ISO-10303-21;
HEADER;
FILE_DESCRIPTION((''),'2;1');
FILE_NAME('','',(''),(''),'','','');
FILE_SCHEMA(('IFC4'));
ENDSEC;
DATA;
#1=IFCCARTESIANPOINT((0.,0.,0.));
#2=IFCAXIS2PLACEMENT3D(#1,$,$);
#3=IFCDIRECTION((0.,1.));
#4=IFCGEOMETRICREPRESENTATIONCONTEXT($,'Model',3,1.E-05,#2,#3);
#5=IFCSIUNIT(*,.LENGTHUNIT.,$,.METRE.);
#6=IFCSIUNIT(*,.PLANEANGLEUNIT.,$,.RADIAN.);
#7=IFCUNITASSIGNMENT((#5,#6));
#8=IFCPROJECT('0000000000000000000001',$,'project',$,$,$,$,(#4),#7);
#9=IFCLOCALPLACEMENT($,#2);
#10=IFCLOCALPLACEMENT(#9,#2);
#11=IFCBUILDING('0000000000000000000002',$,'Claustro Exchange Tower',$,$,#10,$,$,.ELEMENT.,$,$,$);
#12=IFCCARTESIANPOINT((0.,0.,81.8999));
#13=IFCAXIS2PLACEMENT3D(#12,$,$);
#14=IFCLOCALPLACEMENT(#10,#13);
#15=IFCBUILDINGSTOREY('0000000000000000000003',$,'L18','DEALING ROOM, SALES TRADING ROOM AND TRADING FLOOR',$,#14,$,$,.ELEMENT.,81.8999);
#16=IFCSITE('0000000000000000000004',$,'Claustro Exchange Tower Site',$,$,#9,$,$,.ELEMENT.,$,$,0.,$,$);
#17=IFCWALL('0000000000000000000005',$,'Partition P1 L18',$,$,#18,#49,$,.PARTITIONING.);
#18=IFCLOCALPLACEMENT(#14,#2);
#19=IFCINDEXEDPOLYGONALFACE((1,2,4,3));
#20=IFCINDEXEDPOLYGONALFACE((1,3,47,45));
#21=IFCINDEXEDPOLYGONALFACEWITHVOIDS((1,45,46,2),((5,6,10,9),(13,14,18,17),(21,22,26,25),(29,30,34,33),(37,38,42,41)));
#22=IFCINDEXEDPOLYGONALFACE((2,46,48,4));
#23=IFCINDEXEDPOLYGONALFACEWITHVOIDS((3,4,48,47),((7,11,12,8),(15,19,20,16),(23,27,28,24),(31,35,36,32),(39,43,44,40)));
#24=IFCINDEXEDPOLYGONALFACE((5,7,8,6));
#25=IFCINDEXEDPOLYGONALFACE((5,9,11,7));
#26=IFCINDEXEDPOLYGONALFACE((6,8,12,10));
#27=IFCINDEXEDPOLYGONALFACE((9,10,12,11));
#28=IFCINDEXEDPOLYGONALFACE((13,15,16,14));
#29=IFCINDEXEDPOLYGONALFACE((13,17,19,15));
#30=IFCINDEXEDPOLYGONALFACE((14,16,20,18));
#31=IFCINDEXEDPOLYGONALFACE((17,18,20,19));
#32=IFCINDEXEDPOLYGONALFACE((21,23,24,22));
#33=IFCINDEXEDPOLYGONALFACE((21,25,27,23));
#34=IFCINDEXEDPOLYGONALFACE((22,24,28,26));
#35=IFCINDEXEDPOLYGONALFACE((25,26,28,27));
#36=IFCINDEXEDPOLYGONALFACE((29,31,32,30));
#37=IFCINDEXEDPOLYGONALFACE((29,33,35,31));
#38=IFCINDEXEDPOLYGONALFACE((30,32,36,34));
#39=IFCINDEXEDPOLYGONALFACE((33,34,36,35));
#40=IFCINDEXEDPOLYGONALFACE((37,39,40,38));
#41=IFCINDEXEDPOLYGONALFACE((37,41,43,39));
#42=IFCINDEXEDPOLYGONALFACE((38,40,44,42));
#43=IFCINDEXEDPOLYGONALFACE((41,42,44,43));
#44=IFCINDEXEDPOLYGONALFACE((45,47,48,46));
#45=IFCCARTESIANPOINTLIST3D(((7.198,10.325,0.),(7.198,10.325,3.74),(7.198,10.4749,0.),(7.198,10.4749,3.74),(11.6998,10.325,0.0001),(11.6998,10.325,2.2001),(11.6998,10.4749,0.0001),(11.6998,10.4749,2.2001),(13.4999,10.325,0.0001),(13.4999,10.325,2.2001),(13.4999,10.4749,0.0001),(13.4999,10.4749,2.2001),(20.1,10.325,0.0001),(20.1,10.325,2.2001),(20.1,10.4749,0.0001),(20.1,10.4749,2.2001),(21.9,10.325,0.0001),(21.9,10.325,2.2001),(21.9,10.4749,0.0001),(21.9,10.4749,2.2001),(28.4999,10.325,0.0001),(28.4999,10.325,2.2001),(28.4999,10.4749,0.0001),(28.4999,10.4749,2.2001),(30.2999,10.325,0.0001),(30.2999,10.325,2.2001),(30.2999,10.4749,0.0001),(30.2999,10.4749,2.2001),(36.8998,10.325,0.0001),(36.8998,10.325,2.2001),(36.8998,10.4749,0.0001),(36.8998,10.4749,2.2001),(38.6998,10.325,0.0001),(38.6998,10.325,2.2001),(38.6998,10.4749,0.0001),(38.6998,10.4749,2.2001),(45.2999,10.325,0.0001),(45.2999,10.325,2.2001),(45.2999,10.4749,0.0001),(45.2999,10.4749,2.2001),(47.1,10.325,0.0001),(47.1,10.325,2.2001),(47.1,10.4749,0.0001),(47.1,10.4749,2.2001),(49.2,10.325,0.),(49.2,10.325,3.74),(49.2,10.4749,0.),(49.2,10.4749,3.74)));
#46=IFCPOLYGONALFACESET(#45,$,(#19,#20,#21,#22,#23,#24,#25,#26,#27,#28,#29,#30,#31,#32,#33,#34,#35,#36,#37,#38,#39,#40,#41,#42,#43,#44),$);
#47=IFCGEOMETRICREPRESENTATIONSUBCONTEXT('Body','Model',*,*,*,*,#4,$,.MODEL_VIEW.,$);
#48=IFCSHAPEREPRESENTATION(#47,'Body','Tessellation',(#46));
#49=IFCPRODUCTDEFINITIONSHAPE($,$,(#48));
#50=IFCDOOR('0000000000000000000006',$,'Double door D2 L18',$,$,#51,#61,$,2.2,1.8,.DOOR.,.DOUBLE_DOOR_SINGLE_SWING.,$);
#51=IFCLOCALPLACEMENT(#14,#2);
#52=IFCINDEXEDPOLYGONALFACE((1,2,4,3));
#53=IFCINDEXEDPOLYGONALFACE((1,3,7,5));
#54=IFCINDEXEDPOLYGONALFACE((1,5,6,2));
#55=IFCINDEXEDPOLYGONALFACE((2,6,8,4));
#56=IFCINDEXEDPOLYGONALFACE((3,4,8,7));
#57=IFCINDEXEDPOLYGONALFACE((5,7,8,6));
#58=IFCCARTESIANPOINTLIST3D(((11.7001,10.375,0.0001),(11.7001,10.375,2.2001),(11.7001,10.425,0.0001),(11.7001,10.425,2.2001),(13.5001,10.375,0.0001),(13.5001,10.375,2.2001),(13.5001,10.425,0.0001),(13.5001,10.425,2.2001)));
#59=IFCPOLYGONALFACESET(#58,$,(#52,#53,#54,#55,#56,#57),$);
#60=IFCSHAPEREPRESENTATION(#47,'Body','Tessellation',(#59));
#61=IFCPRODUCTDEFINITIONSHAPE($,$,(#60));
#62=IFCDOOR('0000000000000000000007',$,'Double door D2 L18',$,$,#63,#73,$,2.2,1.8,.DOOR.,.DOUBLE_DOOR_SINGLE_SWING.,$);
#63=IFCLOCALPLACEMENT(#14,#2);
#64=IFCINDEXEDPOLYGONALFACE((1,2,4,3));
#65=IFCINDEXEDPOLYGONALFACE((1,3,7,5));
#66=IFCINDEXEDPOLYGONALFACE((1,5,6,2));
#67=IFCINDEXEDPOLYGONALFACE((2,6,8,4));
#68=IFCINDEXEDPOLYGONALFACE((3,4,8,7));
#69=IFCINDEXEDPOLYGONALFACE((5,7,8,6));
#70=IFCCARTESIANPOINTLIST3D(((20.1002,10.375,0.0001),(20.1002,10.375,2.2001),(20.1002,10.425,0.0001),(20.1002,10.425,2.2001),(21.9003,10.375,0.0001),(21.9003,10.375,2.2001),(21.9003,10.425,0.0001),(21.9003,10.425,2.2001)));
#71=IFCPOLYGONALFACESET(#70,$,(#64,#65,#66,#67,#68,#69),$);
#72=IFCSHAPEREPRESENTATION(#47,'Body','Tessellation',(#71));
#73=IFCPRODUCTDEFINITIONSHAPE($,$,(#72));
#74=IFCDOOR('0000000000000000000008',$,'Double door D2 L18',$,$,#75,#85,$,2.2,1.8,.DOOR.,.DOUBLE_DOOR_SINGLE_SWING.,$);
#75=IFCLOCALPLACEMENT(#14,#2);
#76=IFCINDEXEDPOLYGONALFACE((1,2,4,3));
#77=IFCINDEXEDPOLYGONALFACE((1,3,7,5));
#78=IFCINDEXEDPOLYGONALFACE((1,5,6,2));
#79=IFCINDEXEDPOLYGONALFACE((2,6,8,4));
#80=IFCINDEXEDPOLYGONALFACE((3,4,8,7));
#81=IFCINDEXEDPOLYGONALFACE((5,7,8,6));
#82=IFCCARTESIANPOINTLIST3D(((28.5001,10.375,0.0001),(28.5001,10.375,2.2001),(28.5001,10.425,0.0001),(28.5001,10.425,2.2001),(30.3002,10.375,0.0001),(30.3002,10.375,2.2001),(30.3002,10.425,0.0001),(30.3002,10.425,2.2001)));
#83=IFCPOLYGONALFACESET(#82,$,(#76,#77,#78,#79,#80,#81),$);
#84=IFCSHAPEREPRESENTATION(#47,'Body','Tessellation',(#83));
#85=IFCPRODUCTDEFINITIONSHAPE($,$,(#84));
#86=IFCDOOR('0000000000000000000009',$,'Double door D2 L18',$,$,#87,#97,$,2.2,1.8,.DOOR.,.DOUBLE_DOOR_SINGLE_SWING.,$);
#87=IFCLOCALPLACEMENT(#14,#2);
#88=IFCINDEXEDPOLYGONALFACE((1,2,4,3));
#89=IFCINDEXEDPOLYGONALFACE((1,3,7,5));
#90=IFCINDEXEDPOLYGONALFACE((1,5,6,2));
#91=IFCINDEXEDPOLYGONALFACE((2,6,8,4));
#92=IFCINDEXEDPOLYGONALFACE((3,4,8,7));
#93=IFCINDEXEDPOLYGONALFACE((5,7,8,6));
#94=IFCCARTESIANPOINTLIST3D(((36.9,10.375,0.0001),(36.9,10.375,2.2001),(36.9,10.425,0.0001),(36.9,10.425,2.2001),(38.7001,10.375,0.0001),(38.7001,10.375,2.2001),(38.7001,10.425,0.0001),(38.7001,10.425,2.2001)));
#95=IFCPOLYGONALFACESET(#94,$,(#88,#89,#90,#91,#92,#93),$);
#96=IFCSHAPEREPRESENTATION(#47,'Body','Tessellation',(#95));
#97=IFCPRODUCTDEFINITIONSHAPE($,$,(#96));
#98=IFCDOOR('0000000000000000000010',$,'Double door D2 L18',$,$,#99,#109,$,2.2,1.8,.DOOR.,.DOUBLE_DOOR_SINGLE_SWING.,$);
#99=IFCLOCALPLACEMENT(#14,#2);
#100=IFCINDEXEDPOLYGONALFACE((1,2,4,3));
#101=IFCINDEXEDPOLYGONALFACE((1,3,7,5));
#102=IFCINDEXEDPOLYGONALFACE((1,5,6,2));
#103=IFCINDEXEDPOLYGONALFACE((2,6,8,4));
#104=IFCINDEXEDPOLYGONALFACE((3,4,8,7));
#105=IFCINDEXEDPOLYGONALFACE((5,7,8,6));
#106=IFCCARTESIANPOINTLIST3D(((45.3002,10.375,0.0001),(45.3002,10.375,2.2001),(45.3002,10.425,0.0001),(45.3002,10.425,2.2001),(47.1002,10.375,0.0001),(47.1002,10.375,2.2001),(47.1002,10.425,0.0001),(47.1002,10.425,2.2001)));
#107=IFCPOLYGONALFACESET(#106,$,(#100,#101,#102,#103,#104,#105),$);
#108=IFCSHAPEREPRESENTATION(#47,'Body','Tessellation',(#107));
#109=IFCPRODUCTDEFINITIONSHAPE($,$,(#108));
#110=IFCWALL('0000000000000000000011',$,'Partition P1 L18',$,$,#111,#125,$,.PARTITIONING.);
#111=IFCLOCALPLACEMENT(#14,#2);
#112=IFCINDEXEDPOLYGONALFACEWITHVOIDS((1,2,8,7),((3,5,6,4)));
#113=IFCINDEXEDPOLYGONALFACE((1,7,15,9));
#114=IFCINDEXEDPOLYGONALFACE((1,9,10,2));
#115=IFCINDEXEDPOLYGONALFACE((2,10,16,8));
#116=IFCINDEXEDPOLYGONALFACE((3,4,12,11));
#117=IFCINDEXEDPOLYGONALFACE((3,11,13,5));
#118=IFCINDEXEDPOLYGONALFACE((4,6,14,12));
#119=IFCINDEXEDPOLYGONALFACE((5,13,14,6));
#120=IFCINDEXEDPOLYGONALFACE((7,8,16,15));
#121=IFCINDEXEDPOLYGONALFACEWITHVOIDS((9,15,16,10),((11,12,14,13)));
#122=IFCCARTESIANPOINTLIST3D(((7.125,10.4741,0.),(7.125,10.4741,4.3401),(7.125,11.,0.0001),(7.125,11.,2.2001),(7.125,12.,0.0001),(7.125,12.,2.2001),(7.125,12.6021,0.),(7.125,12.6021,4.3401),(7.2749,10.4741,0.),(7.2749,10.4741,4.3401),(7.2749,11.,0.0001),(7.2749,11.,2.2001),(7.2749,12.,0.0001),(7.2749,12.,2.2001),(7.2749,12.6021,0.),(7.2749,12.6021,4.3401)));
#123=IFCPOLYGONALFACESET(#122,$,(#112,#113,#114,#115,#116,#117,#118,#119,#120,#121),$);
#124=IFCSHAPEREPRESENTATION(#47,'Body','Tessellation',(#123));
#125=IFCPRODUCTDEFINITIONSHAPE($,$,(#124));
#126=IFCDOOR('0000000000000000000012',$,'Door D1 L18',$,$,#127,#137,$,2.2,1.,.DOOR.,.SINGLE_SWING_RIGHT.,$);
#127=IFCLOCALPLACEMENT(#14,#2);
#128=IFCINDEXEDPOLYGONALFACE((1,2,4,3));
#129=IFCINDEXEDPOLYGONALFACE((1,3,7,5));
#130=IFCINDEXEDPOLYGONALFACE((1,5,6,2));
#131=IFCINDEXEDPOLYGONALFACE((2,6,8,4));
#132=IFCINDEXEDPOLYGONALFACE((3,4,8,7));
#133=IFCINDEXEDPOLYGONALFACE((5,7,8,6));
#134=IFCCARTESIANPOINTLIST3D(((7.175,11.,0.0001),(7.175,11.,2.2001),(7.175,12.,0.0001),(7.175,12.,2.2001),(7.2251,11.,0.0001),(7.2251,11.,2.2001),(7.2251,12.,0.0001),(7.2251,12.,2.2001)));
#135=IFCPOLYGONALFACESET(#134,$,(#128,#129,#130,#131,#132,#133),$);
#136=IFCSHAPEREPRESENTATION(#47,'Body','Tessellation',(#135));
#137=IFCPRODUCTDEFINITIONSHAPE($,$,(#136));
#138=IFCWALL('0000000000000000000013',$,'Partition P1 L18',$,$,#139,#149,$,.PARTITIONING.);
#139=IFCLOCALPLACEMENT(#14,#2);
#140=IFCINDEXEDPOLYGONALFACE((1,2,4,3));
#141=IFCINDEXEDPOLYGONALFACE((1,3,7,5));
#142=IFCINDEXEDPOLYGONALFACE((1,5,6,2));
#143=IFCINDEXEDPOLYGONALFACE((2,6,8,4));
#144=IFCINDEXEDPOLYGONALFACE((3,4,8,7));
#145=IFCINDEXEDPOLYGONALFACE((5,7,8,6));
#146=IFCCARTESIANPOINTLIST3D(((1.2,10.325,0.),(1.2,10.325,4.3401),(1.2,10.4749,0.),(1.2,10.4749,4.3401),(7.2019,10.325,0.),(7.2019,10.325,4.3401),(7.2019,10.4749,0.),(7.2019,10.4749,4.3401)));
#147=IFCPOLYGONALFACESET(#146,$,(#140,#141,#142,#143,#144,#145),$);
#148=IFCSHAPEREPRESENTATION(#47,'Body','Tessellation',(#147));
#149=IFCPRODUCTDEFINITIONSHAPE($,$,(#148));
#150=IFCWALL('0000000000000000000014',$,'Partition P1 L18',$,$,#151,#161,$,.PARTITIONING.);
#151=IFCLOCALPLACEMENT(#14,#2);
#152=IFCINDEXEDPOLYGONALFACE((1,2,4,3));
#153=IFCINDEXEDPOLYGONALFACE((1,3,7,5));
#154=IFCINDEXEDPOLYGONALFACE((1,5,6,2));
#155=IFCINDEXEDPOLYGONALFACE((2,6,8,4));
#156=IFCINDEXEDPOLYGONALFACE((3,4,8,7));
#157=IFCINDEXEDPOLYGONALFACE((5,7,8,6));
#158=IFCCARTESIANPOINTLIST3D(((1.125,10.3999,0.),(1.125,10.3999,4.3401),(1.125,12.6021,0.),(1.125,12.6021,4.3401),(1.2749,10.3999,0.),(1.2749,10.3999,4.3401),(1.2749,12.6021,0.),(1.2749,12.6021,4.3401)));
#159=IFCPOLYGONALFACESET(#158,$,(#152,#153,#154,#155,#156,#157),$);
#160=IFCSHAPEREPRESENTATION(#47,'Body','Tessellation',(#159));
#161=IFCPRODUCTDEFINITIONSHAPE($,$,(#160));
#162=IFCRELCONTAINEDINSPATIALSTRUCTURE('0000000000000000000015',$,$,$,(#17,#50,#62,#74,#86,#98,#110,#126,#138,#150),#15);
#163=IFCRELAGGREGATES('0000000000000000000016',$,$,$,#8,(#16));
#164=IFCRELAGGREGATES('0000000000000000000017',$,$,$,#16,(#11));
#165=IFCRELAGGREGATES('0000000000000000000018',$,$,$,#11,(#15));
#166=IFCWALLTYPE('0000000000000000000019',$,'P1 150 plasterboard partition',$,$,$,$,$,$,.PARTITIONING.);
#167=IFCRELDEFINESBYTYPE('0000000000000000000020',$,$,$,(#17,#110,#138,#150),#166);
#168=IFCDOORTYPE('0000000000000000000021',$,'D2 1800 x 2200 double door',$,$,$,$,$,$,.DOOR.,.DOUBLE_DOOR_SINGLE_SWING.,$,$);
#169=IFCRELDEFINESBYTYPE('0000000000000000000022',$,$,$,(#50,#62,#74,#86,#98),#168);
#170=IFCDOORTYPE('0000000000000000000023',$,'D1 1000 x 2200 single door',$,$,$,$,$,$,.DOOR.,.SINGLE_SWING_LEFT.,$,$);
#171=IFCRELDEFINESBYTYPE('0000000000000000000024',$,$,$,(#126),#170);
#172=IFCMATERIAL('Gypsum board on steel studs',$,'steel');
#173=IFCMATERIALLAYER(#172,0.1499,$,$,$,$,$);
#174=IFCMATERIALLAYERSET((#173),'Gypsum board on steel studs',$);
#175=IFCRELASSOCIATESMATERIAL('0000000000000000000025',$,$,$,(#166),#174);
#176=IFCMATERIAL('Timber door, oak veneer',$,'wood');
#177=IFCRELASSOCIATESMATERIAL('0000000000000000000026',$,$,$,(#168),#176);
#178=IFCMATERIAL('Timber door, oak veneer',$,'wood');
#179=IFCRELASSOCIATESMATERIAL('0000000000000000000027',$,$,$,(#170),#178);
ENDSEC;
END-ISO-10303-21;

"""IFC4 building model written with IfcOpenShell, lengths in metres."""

from ifc_helpers import new_model, si_unit, direction, frame, frame_2d, origin, place, context, subcontext, project, spatial, rectangle, extrude, material, layer, layer_set, type_object, element, fill, save


model = new_model("IFC4")

# Units and contexts
model_context = context("Model", 3, precision=1e-05, world=origin(), true_north=direction((0.0, 1.0)))
body_context = subcontext(model_context, "Body", "Model", "MODEL_VIEW")
ifc_project = project(units=[si_unit("LENGTHUNIT", "METRE"), si_unit("PLANEANGLEUNIT", "RADIAN")], contexts=[model_context])

# Site, building, storey
site_placement = place(None, origin())
site = spatial("IfcSite", under=ifc_project, at=site_placement, Name="Claustro Exchange Tower Site", CompositionType="ELEMENT", RefElevation=0.0)
building_placement = place(site_placement, origin())
building = spatial("IfcBuilding", under=site, at=building_placement, Name="Claustro Exchange Tower", CompositionType="ELEMENT")
storey_placement = place(building_placement, frame((0.0, 0.0, 81.8999)))
storey = spatial("IfcBuildingStorey", under=building, at=storey_placement, Name="L18", Description="DEALING ROOM, SALES TRADING ROOM AND TRADING FLOOR", CompositionType="ELEMENT", Elevation=81.8999)

# Wall, openings, doors
ifc_material_1 = material(Name="Gypsum board on steel studs", Category="steel")
ifc_layer_1 = layer(ifc_material_1, 0.1499)
ifc_layer_set_1 = layer_set([ifc_layer_1], Name="Gypsum board on steel studs")
wall_type_1 = type_object("IfcWallType", Name="P1 150 plasterboard partition", PredefinedType="PARTITIONING", material=ifc_layer_set_1)
wall_1_placement = place(storey_placement, frame((7.198, 10.3999, 0.0), z_axis=(0.0, 0.0, 1.0), x_axis=(1.0, 0.0, 0.0)))
wall_1 = element("IfcWall", 1, at=wall_1_placement, inside=storey, type_object=wall_type_1, Name="Partition P1 L18", PredefinedType="PARTITIONING", context=body_context, shape_type="SweptSolid", body=[
    extrude(rectangle(XDim=42.002, YDim=0.1499, at=frame_2d((21.001, 0.0))), origin(), (0.0, 0.0, 1.0), 3.74),
])
opening_1_placement = place(wall_1_placement, frame((4.502, 0.0, 0.0)))
opening_1 = element("IfcOpeningElement", 2, at=opening_1_placement, cuts=wall_1, PredefinedType="OPENING", context=body_context, shape_type="SweptSolid", body=[
    extrude(rectangle(XDim=1.8, YDim=2.2, at=frame_2d((0.8999, 1.1001))), frame((0.0, 0.085, 0.0), z_axis=(0.0, -1.0, 0.0), x_axis=(1.0, 0.0, 0.0)), (0.0, 0.0, 1.0), 0.1699),
])
opening_2_placement = place(wall_1_placement, frame((12.9021, 0.0, 0.0)))
opening_2 = element("IfcOpeningElement", 3, at=opening_2_placement, cuts=wall_1, PredefinedType="OPENING", context=body_context, shape_type="SweptSolid", body=[
    extrude(rectangle(XDim=1.8, YDim=2.2, at=frame_2d((0.8999, 1.1001))), frame((0.0, 0.085, 0.0), z_axis=(0.0, -1.0, 0.0), x_axis=(1.0, 0.0, 0.0)), (0.0, 0.0, 1.0), 0.1699),
])
opening_3_placement = place(wall_1_placement, frame((21.302, 0.0, 0.0)))
opening_3 = element("IfcOpeningElement", 4, at=opening_3_placement, cuts=wall_1, PredefinedType="OPENING", context=body_context, shape_type="SweptSolid", body=[
    extrude(rectangle(XDim=1.8, YDim=2.2, at=frame_2d((0.8999, 1.1001))), frame((0.0, 0.085, 0.0), z_axis=(0.0, -1.0, 0.0), x_axis=(1.0, 0.0, 0.0)), (0.0, 0.0, 1.0), 0.1699),
])
opening_4_placement = place(wall_1_placement, frame((29.7019, 0.0, 0.0)))
opening_4 = element("IfcOpeningElement", 5, at=opening_4_placement, cuts=wall_1, PredefinedType="OPENING", context=body_context, shape_type="SweptSolid", body=[
    extrude(rectangle(XDim=1.8, YDim=2.2, at=frame_2d((0.8999, 1.1001))), frame((0.0, 0.085, 0.0), z_axis=(0.0, -1.0, 0.0), x_axis=(1.0, 0.0, 0.0)), (0.0, 0.0, 1.0), 0.1699),
])
opening_5_placement = place(wall_1_placement, frame((38.1021, 0.0, 0.0)))
opening_5 = element("IfcOpeningElement", 6, at=opening_5_placement, cuts=wall_1, PredefinedType="OPENING", context=body_context, shape_type="SweptSolid", body=[
    extrude(rectangle(XDim=1.8, YDim=2.2, at=frame_2d((0.8999, 1.1001))), frame((0.0, 0.085, 0.0), z_axis=(0.0, -1.0, 0.0), x_axis=(1.0, 0.0, 0.0)), (0.0, 0.0, 1.0), 0.1699),
])
ifc_material_2 = material(Name="Timber door, oak veneer", Category="wood")
door_type_1 = type_object("IfcDoorType", Name="D2 1800 x 2200 double door", OperationType="DOUBLE_DOOR_SINGLE_SWING", PredefinedType="DOOR", material=ifc_material_2)
door_1_placement = place(opening_1_placement, frame((1.8, 0.0, 0.0), z_axis=(0.0, 0.0, 1.0), x_axis=(-1.0, 0.0, 0.0)))
door_1 = element("IfcDoor", 7, at=door_1_placement, inside=storey, type_object=door_type_1, Name="Double door D2 L18", OperationType="DOUBLE_DOOR_SINGLE_SWING", OverallHeight=2.2, OverallWidth=1.8, PredefinedType="DOOR", context=body_context, shape_type="SweptSolid", body=[
    extrude(rectangle(XDim=1.8, YDim=2.2, at=frame_2d((0.8999, 1.1001))), frame((0.0, 0.0249, 0.0), z_axis=(0.0, -1.0, 0.0), x_axis=(1.0, 0.0, 0.0)), (0.0, 0.0, 1.0), 0.05),
])
fill(opening_1, door_1)
door_2_placement = place(opening_2_placement, frame((1.8, 0.0, 0.0), z_axis=(0.0, 0.0, 1.0), x_axis=(-1.0, 0.0, 0.0)))
door_2 = element("IfcDoor", 8, at=door_2_placement, inside=storey, type_object=door_type_1, Name="Double door D2 L18", OperationType="DOUBLE_DOOR_SINGLE_SWING", OverallHeight=2.2, OverallWidth=1.8, PredefinedType="DOOR", context=body_context, shape_type="SweptSolid", body=[
    extrude(rectangle(XDim=1.8, YDim=2.2, at=frame_2d((0.8999, 1.1001))), frame((0.0, 0.0249, 0.0), z_axis=(0.0, -1.0, 0.0), x_axis=(1.0, 0.0, 0.0)), (0.0, 0.0, 1.0), 0.05),
])
fill(opening_2, door_2)
door_3_placement = place(opening_3_placement, frame((1.8, 0.0, 0.0), z_axis=(0.0, 0.0, 1.0), x_axis=(-1.0, 0.0, 0.0)))
door_3 = element("IfcDoor", 9, at=door_3_placement, inside=storey, type_object=door_type_1, Name="Double door D2 L18", OperationType="DOUBLE_DOOR_SINGLE_SWING", OverallHeight=2.2, OverallWidth=1.8, PredefinedType="DOOR", context=body_context, shape_type="SweptSolid", body=[
    extrude(rectangle(XDim=1.8, YDim=2.2, at=frame_2d((0.8999, 1.1001))), frame((0.0, 0.0249, 0.0), z_axis=(0.0, -1.0, 0.0), x_axis=(1.0, 0.0, 0.0)), (0.0, 0.0, 1.0), 0.05),
])
fill(opening_3, door_3)
door_4_placement = place(opening_4_placement, frame((1.8, 0.0, 0.0), z_axis=(0.0, 0.0, 1.0), x_axis=(-1.0, 0.0, 0.0)))
door_4 = element("IfcDoor", 10, at=door_4_placement, inside=storey, type_object=door_type_1, Name="Double door D2 L18", OperationType="DOUBLE_DOOR_SINGLE_SWING", OverallHeight=2.2, OverallWidth=1.8, PredefinedType="DOOR", context=body_context, shape_type="SweptSolid", body=[
    extrude(rectangle(XDim=1.8, YDim=2.2, at=frame_2d((0.8999, 1.1001))), frame((0.0, 0.0249, 0.0), z_axis=(0.0, -1.0, 0.0), x_axis=(1.0, 0.0, 0.0)), (0.0, 0.0, 1.0), 0.05),
])
fill(opening_4, door_4)
door_5_placement = place(opening_5_placement, frame((1.8, 0.0, 0.0), z_axis=(0.0, 0.0, 1.0), x_axis=(-1.0, 0.0, 0.0)))
door_5 = element("IfcDoor", 11, at=door_5_placement, inside=storey, type_object=door_type_1, Name="Double door D2 L18", OperationType="DOUBLE_DOOR_SINGLE_SWING", OverallHeight=2.2, OverallWidth=1.8, PredefinedType="DOOR", context=body_context, shape_type="SweptSolid", body=[
    extrude(rectangle(XDim=1.8, YDim=2.2, at=frame_2d((0.8999, 1.1001))), frame((0.0, 0.0249, 0.0), z_axis=(0.0, -1.0, 0.0), x_axis=(1.0, 0.0, 0.0)), (0.0, 0.0, 1.0), 0.05),
])
fill(opening_5, door_5)

# Wall, opening, door
wall_2_placement = place(storey_placement, frame((7.2, 10.4741, 0.0), z_axis=(0.0, 0.0, 1.0), x_axis=(0.0, 1.0, 0.0)))
wall_2 = element("IfcWall", 12, at=wall_2_placement, inside=storey, type_object=wall_type_1, Name="Partition P1 L18", PredefinedType="PARTITIONING", context=body_context, shape_type="SweptSolid", body=[
    extrude(rectangle(XDim=2.1279, YDim=0.1499, at=frame_2d((1.064, 0.0))), origin(), (0.0, 0.0, 1.0), 4.3401),
])
opening_6_placement = place(wall_2_placement, frame((0.5259, 0.0, 0.0)))
opening_6 = element("IfcOpeningElement", 13, at=opening_6_placement, cuts=wall_2, PredefinedType="OPENING", context=body_context, shape_type="SweptSolid", body=[
    extrude(rectangle(XDim=1.0, YDim=2.2, at=frame_2d((0.5, 1.1001))), frame((0.0, 0.085, 0.0), z_axis=(0.0, -1.0, 0.0), x_axis=(1.0, 0.0, 0.0)), (0.0, 0.0, 1.0), 0.1699),
])
ifc_material_3 = material(Name="Timber door, oak veneer", Category="wood")
door_type_2 = type_object("IfcDoorType", Name="D1 1000 x 2200 single door", OperationType="SINGLE_SWING_LEFT", PredefinedType="DOOR", material=ifc_material_3)
door_6_placement = place(opening_6_placement, origin())
door_6 = element("IfcDoor", 14, at=door_6_placement, inside=storey, type_object=door_type_2, Name="Door D1 L18", OperationType="SINGLE_SWING_RIGHT", OverallHeight=2.2, OverallWidth=1.0, PredefinedType="DOOR", context=body_context, shape_type="SweptSolid", body=[
    extrude(rectangle(XDim=1.0, YDim=2.2, at=frame_2d((0.5, 1.1001))), frame((0.0, 0.0249, 0.0), z_axis=(0.0, -1.0, 0.0), x_axis=(1.0, 0.0, 0.0)), (0.0, 0.0, 1.0), 0.05),
])
fill(opening_6, door_6)

# Walls
wall_3_placement = place(storey_placement, frame((1.2, 10.3999, 0.0), z_axis=(0.0, 0.0, 1.0), x_axis=(1.0, 0.0, 0.0)))
element("IfcWall", 15, at=wall_3_placement, inside=storey, type_object=wall_type_1, Name="Partition P1 L18", PredefinedType="PARTITIONING", context=body_context, shape_type="SweptSolid", body=[
    extrude(rectangle(XDim=6.002, YDim=0.1499, at=frame_2d((3.001, 0.0))), origin(), (0.0, 0.0, 1.0), 4.3401),
])
wall_4_placement = place(storey_placement, frame((1.2, 10.3999, 0.0), z_axis=(0.0, 0.0, 1.0), x_axis=(0.0, 1.0, 0.0)))
element("IfcWall", 16, at=wall_4_placement, inside=storey, type_object=wall_type_1, Name="Partition P1 L18", PredefinedType="PARTITIONING", context=body_context, shape_type="SweptSolid", body=[
    extrude(rectangle(XDim=2.2021, YDim=0.1499, at=frame_2d((1.1011, 0.0))), origin(), (0.0, 0.0, 1.0), 4.3401),
])

save(model, "model.ifc")
